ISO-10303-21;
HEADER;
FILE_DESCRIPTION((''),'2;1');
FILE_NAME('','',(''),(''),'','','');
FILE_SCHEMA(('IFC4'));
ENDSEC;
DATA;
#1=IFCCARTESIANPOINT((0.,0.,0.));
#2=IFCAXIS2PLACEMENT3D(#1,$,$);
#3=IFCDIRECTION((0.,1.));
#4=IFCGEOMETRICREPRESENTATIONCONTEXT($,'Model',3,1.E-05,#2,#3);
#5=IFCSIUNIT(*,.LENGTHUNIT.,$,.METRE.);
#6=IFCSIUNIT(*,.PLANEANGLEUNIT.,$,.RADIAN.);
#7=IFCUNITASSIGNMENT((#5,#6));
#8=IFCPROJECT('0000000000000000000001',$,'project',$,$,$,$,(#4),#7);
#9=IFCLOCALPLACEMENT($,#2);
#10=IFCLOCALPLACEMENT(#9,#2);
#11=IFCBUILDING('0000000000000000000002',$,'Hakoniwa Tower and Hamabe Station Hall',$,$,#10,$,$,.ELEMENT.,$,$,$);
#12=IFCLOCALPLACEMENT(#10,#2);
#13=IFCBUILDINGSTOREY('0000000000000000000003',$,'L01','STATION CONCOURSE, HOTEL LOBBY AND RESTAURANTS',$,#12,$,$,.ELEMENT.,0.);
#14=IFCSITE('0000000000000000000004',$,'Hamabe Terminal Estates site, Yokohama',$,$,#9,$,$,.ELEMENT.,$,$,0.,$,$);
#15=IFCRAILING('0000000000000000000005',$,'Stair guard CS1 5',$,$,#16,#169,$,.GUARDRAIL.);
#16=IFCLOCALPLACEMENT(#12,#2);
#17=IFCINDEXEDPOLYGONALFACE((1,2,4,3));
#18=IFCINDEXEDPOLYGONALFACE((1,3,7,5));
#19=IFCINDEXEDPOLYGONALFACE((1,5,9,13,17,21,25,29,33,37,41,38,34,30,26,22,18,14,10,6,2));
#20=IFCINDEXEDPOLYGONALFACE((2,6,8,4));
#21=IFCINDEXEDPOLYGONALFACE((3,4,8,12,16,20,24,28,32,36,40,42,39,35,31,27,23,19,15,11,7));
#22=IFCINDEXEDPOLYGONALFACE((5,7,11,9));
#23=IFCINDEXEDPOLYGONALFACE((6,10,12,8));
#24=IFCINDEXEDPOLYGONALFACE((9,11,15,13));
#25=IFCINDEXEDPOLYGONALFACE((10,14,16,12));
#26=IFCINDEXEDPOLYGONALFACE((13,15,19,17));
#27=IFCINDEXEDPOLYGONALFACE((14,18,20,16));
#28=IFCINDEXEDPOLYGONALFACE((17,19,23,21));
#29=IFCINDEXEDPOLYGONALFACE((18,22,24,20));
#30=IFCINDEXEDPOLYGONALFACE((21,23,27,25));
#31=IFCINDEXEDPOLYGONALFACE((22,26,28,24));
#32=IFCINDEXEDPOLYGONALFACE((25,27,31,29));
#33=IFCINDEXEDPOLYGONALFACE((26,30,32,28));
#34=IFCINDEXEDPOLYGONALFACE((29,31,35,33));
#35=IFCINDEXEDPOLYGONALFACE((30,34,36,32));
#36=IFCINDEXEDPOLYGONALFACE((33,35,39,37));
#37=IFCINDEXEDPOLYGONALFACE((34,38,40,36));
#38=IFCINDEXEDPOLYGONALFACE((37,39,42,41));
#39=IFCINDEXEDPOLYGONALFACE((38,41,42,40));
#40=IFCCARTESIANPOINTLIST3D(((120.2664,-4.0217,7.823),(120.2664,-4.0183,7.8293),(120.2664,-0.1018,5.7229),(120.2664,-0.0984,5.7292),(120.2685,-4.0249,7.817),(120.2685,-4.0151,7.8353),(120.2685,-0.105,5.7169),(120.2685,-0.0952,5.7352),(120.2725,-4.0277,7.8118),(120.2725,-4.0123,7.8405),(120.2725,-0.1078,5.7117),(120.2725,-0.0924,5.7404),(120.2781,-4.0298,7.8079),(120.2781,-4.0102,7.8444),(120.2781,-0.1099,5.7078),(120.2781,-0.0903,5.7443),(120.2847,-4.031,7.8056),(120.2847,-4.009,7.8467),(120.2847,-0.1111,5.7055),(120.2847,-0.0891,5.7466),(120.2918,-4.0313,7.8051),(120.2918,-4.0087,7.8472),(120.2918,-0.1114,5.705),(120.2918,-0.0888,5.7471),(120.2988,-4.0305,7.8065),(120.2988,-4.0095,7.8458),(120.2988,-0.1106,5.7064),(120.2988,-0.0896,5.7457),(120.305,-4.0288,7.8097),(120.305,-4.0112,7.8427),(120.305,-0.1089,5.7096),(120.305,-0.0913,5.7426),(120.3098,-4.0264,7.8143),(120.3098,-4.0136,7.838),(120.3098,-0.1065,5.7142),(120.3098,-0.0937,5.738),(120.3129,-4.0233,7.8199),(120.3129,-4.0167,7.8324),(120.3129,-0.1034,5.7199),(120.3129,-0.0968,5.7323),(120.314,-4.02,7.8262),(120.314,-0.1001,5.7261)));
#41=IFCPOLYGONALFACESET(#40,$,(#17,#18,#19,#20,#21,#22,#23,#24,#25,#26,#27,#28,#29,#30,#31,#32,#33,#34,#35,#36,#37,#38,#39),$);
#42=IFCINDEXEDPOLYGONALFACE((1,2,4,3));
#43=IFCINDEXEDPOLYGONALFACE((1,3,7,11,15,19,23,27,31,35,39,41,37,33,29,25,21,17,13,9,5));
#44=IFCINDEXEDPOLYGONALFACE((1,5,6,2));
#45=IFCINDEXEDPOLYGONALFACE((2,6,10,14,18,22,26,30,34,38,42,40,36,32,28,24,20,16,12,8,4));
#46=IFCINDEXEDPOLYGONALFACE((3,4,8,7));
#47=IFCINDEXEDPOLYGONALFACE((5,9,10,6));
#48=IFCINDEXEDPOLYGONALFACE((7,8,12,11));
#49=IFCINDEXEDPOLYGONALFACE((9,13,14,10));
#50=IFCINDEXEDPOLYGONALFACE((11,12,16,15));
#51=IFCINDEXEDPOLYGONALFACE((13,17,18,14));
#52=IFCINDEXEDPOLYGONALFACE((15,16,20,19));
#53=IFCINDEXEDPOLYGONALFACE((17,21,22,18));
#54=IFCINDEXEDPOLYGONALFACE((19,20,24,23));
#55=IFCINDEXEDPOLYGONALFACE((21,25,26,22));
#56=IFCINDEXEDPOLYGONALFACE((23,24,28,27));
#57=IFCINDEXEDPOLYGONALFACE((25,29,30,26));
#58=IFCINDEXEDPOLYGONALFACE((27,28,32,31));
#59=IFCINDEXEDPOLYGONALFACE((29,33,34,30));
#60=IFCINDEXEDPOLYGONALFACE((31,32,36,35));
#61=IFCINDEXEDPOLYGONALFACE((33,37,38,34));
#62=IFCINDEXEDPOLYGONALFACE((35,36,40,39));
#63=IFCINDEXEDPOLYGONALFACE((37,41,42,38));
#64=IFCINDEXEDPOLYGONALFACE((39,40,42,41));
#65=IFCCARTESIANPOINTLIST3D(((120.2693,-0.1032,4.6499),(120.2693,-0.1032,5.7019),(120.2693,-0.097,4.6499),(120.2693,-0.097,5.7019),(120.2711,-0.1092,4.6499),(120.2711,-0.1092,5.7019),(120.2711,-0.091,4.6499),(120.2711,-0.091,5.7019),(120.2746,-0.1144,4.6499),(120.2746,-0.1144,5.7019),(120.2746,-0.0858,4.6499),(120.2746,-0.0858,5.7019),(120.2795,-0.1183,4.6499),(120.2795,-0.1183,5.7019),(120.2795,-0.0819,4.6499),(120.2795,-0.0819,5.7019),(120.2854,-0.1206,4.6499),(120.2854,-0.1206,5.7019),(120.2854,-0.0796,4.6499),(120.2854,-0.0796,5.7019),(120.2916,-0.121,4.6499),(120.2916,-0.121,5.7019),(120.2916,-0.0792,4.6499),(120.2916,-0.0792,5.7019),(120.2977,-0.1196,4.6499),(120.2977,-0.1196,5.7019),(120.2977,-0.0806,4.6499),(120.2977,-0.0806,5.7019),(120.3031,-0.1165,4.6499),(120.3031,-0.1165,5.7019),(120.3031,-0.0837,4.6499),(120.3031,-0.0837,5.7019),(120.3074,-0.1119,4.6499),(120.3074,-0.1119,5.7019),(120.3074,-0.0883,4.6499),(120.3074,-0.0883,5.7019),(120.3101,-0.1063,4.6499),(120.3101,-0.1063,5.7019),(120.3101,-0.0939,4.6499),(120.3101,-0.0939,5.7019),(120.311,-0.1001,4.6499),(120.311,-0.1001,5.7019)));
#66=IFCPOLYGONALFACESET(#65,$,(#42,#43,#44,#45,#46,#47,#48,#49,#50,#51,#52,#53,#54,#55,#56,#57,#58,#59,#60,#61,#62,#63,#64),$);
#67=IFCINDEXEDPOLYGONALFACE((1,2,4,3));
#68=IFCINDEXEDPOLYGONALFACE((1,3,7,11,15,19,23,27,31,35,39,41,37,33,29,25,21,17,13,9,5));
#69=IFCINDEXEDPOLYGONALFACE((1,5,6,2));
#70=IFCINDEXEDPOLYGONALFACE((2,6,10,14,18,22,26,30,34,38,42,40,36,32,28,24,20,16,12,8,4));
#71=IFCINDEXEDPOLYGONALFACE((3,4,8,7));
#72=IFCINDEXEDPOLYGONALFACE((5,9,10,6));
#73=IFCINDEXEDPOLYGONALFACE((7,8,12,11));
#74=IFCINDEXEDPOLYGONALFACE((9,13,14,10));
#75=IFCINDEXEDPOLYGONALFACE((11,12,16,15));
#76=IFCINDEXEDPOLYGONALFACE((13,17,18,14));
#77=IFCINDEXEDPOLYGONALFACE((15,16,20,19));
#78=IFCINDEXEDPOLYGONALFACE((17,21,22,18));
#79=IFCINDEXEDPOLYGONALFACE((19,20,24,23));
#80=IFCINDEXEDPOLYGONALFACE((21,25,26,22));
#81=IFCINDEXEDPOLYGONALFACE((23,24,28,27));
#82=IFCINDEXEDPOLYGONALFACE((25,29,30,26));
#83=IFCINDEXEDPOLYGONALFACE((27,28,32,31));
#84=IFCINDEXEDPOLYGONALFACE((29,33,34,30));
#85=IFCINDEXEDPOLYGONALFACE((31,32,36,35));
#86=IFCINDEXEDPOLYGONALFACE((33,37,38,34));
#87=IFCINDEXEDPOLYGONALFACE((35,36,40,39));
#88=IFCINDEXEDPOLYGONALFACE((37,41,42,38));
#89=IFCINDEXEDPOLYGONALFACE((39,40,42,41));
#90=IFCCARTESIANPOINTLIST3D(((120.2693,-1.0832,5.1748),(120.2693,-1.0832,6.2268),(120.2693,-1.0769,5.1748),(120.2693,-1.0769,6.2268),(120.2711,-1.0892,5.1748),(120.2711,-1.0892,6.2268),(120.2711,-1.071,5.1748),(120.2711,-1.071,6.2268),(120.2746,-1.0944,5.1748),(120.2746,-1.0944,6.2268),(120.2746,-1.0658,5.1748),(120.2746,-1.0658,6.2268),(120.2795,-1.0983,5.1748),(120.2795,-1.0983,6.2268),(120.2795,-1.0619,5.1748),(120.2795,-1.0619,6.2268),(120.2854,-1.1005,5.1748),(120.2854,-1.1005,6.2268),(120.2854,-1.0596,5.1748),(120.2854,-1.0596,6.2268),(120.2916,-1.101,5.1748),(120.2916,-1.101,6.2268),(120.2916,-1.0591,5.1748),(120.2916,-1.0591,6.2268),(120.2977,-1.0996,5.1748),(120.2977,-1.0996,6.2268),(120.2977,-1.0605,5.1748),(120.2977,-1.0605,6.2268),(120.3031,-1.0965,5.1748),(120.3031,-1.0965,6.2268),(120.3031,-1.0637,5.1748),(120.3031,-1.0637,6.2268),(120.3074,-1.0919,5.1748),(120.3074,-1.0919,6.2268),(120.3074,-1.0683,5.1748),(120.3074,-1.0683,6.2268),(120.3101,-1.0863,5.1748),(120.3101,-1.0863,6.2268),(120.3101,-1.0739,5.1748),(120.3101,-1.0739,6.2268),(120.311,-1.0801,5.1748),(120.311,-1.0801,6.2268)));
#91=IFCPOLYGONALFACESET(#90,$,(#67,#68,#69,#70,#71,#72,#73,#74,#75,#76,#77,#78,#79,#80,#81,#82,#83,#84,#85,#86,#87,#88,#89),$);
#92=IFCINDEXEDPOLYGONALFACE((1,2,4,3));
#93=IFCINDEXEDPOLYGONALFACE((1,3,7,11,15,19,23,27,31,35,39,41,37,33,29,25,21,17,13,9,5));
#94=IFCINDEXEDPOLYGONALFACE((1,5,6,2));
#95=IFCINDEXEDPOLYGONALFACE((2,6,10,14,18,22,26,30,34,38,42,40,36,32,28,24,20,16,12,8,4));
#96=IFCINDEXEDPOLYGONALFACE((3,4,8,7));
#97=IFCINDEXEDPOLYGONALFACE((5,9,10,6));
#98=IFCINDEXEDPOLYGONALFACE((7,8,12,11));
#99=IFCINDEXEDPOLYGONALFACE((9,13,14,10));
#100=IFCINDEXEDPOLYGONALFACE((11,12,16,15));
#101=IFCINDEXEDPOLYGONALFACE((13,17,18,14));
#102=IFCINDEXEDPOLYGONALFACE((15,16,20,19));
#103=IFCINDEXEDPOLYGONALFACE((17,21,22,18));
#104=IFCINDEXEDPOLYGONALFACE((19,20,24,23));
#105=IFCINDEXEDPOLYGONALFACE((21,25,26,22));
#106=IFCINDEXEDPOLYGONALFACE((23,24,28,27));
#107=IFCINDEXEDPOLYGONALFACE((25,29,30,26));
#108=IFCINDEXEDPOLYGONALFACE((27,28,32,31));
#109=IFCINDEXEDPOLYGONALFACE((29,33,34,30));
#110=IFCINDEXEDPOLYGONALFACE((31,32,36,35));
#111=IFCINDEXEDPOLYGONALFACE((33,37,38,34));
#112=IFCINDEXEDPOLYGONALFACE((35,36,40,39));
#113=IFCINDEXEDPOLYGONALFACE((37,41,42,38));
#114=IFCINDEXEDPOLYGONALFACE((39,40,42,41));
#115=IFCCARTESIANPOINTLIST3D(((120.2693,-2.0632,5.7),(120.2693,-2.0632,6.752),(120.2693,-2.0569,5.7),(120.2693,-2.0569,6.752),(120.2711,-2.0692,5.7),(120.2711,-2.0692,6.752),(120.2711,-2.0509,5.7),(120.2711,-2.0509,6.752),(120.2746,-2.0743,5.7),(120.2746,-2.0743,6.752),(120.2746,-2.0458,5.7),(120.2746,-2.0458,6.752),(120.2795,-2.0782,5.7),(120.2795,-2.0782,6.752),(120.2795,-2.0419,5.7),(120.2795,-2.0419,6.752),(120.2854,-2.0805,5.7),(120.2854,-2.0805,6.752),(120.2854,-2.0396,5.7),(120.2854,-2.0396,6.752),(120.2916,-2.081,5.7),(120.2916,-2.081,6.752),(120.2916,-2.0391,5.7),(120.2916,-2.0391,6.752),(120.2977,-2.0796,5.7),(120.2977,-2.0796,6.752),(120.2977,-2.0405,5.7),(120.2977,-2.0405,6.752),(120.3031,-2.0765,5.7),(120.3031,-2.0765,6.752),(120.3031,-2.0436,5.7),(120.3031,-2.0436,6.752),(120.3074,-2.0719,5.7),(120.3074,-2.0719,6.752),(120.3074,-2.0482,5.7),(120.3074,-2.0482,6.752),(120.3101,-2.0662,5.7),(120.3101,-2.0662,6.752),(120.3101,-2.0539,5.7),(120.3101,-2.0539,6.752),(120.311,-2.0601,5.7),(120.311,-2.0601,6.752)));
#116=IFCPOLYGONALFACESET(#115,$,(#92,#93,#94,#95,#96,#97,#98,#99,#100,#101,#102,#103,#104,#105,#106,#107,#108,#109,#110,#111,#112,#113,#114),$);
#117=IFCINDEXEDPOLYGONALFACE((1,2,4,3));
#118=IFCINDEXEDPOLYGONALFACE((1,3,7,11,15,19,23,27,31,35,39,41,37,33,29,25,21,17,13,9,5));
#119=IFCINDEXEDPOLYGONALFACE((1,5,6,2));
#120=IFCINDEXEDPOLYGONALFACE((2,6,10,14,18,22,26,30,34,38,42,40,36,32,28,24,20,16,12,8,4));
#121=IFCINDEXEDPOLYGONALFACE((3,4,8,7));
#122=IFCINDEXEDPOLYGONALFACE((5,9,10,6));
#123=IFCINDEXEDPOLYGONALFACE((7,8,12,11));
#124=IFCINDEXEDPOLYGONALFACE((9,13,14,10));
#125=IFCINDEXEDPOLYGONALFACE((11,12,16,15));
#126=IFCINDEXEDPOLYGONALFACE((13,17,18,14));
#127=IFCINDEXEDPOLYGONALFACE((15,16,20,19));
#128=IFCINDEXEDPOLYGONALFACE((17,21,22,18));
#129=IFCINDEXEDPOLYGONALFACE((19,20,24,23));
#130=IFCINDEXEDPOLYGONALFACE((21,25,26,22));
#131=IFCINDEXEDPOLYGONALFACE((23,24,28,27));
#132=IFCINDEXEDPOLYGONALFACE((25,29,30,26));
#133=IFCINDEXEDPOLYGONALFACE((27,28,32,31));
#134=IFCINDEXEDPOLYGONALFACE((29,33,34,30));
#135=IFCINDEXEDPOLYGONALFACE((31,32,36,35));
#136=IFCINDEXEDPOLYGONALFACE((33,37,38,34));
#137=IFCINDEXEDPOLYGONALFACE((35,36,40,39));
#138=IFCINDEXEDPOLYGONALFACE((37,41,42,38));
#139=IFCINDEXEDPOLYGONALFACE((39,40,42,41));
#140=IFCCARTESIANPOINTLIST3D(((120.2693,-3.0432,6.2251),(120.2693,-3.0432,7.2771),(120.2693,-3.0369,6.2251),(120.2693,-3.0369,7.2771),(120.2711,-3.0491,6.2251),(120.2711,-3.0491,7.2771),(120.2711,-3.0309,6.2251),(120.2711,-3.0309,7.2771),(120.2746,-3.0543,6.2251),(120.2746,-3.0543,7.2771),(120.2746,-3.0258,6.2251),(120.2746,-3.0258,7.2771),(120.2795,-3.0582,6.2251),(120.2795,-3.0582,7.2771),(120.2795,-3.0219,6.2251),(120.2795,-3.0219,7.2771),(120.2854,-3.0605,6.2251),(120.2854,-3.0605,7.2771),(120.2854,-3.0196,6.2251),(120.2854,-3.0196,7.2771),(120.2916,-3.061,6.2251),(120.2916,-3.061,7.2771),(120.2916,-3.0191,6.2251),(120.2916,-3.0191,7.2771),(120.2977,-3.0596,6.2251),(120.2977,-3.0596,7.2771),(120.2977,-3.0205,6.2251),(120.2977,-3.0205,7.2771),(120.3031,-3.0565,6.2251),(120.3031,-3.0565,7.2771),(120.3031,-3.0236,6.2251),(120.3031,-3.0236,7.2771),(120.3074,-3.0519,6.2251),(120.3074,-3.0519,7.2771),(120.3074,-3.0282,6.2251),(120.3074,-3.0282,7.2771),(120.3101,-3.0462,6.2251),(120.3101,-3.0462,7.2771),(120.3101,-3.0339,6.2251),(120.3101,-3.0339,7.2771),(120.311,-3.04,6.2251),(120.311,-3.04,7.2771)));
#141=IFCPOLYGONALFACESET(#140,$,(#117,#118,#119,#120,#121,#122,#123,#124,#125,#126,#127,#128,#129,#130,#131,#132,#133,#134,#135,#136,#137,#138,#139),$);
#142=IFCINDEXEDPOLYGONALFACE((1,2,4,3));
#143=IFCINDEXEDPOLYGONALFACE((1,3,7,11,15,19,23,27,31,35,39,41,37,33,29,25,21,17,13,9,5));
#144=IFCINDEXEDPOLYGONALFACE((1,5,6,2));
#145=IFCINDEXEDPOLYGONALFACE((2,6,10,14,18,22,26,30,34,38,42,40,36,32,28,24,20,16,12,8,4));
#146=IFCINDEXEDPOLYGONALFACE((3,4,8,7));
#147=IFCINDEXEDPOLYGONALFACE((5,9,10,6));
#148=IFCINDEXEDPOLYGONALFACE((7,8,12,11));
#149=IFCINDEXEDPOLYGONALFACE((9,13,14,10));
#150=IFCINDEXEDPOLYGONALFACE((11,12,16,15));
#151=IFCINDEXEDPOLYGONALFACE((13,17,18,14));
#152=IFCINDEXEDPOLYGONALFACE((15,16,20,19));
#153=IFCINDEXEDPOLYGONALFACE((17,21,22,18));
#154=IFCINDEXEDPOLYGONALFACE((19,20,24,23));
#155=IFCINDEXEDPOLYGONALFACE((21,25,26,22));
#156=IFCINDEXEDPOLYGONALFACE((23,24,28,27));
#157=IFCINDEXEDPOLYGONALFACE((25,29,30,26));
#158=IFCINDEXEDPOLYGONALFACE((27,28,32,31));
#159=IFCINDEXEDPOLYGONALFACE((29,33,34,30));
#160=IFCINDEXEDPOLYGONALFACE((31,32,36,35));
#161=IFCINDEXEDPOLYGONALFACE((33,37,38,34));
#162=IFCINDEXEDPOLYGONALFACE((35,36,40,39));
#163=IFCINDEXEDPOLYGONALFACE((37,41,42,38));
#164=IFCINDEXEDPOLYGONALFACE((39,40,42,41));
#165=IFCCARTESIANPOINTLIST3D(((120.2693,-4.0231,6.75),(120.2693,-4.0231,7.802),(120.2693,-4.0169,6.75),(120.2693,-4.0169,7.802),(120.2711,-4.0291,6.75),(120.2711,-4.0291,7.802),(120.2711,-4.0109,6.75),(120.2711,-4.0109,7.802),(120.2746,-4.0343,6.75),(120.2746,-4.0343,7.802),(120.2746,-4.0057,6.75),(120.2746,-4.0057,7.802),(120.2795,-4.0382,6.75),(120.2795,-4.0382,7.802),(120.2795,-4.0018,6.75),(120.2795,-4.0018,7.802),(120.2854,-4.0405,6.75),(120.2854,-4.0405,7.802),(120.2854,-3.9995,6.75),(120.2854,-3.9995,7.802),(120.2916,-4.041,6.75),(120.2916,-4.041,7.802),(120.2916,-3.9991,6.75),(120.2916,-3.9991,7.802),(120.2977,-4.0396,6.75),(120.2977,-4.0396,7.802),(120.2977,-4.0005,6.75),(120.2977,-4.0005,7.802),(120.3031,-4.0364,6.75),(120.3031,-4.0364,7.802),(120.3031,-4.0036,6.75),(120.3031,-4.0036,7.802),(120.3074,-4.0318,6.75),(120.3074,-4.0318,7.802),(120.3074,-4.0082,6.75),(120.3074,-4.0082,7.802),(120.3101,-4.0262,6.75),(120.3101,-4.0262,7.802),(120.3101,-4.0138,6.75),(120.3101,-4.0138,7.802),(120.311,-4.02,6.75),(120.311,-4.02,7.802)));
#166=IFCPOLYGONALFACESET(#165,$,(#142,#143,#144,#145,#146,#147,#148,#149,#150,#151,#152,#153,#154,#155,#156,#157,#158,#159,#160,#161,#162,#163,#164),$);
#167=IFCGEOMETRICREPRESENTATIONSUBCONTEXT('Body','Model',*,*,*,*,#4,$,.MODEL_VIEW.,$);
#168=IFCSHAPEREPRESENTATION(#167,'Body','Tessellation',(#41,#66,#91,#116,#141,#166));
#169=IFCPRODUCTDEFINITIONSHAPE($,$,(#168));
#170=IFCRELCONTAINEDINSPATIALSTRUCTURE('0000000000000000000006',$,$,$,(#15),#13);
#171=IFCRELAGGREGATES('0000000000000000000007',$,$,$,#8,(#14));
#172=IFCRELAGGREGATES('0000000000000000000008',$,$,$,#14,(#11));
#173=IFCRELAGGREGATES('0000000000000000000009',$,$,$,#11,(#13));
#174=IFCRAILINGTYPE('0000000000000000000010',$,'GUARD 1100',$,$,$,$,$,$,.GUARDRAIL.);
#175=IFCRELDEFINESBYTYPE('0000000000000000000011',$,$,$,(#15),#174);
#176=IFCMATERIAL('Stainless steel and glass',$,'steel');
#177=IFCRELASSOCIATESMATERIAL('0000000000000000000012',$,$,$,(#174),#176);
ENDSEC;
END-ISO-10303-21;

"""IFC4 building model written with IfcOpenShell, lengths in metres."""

from ifc_helpers import new_model, si_unit, direction, frame, origin, origin_2d, place, context, subcontext, project, spatial, circle, extrude, material, type_object, element, save


model = new_model("IFC4")

# Units and contexts
model_context = context("Model", 3, precision=1e-05, world=origin(), true_north=direction((0.0, 1.0)))
body_context = subcontext(model_context, "Body", "Model", "MODEL_VIEW")
ifc_project = project(units=[si_unit("LENGTHUNIT", "METRE"), si_unit("PLANEANGLEUNIT", "RADIAN")], contexts=[model_context])

# Site, building, storey
site_placement = place(None, origin())
site = spatial("IfcSite", under=ifc_project, at=site_placement, Name="Hamabe Terminal Estates site, Yokohama", CompositionType="ELEMENT", RefElevation=0.0)
building_placement = place(site_placement, origin())
building = spatial("IfcBuilding", under=site, at=building_placement, Name="Hakoniwa Tower and Hamabe Station Hall", CompositionType="ELEMENT")
storey_placement = place(building_placement, origin())
storey = spatial("IfcBuildingStorey", under=building, at=storey_placement, Name="L01", Description="STATION CONCOURSE, HOTEL LOBBY AND RESTAURANTS", CompositionType="ELEMENT", Elevation=0.0)

# Railing
ifc_material_1 = material(Name="Stainless steel and glass", Category="steel")
railing_type_1 = type_object("IfcRailingType", Name="GUARD 1100", PredefinedType="GUARDRAIL", material=ifc_material_1)
for number, where, name in (
    (1, (120.29, -0.1001, 4.6499), "Stair guard CS1 5"),
):
    element("IfcRailing", number, at=place(storey_placement, frame(where)), inside=storey, type_object=railing_type_1, Name=name, PredefinedType="GUARDRAIL", context=body_context, shape_type="SweptSolid", body=[
        extrude(circle(Radius=0.0239, at=origin_2d()), frame((0.0, 0.0, 1.0762), z_axis=(0.0, -0.881467, 0.472246), x_axis=(1.0, 0.0, 0.0)), (0.0, 0.0, 1.0), 4.447),
        extrude(circle(Radius=0.021, at=origin_2d()), origin(), (0.0, 0.0, 1.0), 1.052),
        extrude(circle(Radius=0.021, at=origin_2d()), frame((0.0, -0.98, 0.5249)), (0.0, 0.0, 1.0), 1.052),
        extrude(circle(Radius=0.021, at=origin_2d()), frame((0.0, -1.96, 1.05)), (0.0, 0.0, 1.0), 1.052),
        extrude(circle(Radius=0.021, at=origin_2d()), frame((0.0, -2.9399, 1.5752)), (0.0, 0.0, 1.0), 1.052),
        extrude(circle(Radius=0.021, at=origin_2d()), frame((0.0, -3.9199, 2.1001)), (0.0, 0.0, 1.0), 1.052),
    ])

save(model, "model.ifc")
